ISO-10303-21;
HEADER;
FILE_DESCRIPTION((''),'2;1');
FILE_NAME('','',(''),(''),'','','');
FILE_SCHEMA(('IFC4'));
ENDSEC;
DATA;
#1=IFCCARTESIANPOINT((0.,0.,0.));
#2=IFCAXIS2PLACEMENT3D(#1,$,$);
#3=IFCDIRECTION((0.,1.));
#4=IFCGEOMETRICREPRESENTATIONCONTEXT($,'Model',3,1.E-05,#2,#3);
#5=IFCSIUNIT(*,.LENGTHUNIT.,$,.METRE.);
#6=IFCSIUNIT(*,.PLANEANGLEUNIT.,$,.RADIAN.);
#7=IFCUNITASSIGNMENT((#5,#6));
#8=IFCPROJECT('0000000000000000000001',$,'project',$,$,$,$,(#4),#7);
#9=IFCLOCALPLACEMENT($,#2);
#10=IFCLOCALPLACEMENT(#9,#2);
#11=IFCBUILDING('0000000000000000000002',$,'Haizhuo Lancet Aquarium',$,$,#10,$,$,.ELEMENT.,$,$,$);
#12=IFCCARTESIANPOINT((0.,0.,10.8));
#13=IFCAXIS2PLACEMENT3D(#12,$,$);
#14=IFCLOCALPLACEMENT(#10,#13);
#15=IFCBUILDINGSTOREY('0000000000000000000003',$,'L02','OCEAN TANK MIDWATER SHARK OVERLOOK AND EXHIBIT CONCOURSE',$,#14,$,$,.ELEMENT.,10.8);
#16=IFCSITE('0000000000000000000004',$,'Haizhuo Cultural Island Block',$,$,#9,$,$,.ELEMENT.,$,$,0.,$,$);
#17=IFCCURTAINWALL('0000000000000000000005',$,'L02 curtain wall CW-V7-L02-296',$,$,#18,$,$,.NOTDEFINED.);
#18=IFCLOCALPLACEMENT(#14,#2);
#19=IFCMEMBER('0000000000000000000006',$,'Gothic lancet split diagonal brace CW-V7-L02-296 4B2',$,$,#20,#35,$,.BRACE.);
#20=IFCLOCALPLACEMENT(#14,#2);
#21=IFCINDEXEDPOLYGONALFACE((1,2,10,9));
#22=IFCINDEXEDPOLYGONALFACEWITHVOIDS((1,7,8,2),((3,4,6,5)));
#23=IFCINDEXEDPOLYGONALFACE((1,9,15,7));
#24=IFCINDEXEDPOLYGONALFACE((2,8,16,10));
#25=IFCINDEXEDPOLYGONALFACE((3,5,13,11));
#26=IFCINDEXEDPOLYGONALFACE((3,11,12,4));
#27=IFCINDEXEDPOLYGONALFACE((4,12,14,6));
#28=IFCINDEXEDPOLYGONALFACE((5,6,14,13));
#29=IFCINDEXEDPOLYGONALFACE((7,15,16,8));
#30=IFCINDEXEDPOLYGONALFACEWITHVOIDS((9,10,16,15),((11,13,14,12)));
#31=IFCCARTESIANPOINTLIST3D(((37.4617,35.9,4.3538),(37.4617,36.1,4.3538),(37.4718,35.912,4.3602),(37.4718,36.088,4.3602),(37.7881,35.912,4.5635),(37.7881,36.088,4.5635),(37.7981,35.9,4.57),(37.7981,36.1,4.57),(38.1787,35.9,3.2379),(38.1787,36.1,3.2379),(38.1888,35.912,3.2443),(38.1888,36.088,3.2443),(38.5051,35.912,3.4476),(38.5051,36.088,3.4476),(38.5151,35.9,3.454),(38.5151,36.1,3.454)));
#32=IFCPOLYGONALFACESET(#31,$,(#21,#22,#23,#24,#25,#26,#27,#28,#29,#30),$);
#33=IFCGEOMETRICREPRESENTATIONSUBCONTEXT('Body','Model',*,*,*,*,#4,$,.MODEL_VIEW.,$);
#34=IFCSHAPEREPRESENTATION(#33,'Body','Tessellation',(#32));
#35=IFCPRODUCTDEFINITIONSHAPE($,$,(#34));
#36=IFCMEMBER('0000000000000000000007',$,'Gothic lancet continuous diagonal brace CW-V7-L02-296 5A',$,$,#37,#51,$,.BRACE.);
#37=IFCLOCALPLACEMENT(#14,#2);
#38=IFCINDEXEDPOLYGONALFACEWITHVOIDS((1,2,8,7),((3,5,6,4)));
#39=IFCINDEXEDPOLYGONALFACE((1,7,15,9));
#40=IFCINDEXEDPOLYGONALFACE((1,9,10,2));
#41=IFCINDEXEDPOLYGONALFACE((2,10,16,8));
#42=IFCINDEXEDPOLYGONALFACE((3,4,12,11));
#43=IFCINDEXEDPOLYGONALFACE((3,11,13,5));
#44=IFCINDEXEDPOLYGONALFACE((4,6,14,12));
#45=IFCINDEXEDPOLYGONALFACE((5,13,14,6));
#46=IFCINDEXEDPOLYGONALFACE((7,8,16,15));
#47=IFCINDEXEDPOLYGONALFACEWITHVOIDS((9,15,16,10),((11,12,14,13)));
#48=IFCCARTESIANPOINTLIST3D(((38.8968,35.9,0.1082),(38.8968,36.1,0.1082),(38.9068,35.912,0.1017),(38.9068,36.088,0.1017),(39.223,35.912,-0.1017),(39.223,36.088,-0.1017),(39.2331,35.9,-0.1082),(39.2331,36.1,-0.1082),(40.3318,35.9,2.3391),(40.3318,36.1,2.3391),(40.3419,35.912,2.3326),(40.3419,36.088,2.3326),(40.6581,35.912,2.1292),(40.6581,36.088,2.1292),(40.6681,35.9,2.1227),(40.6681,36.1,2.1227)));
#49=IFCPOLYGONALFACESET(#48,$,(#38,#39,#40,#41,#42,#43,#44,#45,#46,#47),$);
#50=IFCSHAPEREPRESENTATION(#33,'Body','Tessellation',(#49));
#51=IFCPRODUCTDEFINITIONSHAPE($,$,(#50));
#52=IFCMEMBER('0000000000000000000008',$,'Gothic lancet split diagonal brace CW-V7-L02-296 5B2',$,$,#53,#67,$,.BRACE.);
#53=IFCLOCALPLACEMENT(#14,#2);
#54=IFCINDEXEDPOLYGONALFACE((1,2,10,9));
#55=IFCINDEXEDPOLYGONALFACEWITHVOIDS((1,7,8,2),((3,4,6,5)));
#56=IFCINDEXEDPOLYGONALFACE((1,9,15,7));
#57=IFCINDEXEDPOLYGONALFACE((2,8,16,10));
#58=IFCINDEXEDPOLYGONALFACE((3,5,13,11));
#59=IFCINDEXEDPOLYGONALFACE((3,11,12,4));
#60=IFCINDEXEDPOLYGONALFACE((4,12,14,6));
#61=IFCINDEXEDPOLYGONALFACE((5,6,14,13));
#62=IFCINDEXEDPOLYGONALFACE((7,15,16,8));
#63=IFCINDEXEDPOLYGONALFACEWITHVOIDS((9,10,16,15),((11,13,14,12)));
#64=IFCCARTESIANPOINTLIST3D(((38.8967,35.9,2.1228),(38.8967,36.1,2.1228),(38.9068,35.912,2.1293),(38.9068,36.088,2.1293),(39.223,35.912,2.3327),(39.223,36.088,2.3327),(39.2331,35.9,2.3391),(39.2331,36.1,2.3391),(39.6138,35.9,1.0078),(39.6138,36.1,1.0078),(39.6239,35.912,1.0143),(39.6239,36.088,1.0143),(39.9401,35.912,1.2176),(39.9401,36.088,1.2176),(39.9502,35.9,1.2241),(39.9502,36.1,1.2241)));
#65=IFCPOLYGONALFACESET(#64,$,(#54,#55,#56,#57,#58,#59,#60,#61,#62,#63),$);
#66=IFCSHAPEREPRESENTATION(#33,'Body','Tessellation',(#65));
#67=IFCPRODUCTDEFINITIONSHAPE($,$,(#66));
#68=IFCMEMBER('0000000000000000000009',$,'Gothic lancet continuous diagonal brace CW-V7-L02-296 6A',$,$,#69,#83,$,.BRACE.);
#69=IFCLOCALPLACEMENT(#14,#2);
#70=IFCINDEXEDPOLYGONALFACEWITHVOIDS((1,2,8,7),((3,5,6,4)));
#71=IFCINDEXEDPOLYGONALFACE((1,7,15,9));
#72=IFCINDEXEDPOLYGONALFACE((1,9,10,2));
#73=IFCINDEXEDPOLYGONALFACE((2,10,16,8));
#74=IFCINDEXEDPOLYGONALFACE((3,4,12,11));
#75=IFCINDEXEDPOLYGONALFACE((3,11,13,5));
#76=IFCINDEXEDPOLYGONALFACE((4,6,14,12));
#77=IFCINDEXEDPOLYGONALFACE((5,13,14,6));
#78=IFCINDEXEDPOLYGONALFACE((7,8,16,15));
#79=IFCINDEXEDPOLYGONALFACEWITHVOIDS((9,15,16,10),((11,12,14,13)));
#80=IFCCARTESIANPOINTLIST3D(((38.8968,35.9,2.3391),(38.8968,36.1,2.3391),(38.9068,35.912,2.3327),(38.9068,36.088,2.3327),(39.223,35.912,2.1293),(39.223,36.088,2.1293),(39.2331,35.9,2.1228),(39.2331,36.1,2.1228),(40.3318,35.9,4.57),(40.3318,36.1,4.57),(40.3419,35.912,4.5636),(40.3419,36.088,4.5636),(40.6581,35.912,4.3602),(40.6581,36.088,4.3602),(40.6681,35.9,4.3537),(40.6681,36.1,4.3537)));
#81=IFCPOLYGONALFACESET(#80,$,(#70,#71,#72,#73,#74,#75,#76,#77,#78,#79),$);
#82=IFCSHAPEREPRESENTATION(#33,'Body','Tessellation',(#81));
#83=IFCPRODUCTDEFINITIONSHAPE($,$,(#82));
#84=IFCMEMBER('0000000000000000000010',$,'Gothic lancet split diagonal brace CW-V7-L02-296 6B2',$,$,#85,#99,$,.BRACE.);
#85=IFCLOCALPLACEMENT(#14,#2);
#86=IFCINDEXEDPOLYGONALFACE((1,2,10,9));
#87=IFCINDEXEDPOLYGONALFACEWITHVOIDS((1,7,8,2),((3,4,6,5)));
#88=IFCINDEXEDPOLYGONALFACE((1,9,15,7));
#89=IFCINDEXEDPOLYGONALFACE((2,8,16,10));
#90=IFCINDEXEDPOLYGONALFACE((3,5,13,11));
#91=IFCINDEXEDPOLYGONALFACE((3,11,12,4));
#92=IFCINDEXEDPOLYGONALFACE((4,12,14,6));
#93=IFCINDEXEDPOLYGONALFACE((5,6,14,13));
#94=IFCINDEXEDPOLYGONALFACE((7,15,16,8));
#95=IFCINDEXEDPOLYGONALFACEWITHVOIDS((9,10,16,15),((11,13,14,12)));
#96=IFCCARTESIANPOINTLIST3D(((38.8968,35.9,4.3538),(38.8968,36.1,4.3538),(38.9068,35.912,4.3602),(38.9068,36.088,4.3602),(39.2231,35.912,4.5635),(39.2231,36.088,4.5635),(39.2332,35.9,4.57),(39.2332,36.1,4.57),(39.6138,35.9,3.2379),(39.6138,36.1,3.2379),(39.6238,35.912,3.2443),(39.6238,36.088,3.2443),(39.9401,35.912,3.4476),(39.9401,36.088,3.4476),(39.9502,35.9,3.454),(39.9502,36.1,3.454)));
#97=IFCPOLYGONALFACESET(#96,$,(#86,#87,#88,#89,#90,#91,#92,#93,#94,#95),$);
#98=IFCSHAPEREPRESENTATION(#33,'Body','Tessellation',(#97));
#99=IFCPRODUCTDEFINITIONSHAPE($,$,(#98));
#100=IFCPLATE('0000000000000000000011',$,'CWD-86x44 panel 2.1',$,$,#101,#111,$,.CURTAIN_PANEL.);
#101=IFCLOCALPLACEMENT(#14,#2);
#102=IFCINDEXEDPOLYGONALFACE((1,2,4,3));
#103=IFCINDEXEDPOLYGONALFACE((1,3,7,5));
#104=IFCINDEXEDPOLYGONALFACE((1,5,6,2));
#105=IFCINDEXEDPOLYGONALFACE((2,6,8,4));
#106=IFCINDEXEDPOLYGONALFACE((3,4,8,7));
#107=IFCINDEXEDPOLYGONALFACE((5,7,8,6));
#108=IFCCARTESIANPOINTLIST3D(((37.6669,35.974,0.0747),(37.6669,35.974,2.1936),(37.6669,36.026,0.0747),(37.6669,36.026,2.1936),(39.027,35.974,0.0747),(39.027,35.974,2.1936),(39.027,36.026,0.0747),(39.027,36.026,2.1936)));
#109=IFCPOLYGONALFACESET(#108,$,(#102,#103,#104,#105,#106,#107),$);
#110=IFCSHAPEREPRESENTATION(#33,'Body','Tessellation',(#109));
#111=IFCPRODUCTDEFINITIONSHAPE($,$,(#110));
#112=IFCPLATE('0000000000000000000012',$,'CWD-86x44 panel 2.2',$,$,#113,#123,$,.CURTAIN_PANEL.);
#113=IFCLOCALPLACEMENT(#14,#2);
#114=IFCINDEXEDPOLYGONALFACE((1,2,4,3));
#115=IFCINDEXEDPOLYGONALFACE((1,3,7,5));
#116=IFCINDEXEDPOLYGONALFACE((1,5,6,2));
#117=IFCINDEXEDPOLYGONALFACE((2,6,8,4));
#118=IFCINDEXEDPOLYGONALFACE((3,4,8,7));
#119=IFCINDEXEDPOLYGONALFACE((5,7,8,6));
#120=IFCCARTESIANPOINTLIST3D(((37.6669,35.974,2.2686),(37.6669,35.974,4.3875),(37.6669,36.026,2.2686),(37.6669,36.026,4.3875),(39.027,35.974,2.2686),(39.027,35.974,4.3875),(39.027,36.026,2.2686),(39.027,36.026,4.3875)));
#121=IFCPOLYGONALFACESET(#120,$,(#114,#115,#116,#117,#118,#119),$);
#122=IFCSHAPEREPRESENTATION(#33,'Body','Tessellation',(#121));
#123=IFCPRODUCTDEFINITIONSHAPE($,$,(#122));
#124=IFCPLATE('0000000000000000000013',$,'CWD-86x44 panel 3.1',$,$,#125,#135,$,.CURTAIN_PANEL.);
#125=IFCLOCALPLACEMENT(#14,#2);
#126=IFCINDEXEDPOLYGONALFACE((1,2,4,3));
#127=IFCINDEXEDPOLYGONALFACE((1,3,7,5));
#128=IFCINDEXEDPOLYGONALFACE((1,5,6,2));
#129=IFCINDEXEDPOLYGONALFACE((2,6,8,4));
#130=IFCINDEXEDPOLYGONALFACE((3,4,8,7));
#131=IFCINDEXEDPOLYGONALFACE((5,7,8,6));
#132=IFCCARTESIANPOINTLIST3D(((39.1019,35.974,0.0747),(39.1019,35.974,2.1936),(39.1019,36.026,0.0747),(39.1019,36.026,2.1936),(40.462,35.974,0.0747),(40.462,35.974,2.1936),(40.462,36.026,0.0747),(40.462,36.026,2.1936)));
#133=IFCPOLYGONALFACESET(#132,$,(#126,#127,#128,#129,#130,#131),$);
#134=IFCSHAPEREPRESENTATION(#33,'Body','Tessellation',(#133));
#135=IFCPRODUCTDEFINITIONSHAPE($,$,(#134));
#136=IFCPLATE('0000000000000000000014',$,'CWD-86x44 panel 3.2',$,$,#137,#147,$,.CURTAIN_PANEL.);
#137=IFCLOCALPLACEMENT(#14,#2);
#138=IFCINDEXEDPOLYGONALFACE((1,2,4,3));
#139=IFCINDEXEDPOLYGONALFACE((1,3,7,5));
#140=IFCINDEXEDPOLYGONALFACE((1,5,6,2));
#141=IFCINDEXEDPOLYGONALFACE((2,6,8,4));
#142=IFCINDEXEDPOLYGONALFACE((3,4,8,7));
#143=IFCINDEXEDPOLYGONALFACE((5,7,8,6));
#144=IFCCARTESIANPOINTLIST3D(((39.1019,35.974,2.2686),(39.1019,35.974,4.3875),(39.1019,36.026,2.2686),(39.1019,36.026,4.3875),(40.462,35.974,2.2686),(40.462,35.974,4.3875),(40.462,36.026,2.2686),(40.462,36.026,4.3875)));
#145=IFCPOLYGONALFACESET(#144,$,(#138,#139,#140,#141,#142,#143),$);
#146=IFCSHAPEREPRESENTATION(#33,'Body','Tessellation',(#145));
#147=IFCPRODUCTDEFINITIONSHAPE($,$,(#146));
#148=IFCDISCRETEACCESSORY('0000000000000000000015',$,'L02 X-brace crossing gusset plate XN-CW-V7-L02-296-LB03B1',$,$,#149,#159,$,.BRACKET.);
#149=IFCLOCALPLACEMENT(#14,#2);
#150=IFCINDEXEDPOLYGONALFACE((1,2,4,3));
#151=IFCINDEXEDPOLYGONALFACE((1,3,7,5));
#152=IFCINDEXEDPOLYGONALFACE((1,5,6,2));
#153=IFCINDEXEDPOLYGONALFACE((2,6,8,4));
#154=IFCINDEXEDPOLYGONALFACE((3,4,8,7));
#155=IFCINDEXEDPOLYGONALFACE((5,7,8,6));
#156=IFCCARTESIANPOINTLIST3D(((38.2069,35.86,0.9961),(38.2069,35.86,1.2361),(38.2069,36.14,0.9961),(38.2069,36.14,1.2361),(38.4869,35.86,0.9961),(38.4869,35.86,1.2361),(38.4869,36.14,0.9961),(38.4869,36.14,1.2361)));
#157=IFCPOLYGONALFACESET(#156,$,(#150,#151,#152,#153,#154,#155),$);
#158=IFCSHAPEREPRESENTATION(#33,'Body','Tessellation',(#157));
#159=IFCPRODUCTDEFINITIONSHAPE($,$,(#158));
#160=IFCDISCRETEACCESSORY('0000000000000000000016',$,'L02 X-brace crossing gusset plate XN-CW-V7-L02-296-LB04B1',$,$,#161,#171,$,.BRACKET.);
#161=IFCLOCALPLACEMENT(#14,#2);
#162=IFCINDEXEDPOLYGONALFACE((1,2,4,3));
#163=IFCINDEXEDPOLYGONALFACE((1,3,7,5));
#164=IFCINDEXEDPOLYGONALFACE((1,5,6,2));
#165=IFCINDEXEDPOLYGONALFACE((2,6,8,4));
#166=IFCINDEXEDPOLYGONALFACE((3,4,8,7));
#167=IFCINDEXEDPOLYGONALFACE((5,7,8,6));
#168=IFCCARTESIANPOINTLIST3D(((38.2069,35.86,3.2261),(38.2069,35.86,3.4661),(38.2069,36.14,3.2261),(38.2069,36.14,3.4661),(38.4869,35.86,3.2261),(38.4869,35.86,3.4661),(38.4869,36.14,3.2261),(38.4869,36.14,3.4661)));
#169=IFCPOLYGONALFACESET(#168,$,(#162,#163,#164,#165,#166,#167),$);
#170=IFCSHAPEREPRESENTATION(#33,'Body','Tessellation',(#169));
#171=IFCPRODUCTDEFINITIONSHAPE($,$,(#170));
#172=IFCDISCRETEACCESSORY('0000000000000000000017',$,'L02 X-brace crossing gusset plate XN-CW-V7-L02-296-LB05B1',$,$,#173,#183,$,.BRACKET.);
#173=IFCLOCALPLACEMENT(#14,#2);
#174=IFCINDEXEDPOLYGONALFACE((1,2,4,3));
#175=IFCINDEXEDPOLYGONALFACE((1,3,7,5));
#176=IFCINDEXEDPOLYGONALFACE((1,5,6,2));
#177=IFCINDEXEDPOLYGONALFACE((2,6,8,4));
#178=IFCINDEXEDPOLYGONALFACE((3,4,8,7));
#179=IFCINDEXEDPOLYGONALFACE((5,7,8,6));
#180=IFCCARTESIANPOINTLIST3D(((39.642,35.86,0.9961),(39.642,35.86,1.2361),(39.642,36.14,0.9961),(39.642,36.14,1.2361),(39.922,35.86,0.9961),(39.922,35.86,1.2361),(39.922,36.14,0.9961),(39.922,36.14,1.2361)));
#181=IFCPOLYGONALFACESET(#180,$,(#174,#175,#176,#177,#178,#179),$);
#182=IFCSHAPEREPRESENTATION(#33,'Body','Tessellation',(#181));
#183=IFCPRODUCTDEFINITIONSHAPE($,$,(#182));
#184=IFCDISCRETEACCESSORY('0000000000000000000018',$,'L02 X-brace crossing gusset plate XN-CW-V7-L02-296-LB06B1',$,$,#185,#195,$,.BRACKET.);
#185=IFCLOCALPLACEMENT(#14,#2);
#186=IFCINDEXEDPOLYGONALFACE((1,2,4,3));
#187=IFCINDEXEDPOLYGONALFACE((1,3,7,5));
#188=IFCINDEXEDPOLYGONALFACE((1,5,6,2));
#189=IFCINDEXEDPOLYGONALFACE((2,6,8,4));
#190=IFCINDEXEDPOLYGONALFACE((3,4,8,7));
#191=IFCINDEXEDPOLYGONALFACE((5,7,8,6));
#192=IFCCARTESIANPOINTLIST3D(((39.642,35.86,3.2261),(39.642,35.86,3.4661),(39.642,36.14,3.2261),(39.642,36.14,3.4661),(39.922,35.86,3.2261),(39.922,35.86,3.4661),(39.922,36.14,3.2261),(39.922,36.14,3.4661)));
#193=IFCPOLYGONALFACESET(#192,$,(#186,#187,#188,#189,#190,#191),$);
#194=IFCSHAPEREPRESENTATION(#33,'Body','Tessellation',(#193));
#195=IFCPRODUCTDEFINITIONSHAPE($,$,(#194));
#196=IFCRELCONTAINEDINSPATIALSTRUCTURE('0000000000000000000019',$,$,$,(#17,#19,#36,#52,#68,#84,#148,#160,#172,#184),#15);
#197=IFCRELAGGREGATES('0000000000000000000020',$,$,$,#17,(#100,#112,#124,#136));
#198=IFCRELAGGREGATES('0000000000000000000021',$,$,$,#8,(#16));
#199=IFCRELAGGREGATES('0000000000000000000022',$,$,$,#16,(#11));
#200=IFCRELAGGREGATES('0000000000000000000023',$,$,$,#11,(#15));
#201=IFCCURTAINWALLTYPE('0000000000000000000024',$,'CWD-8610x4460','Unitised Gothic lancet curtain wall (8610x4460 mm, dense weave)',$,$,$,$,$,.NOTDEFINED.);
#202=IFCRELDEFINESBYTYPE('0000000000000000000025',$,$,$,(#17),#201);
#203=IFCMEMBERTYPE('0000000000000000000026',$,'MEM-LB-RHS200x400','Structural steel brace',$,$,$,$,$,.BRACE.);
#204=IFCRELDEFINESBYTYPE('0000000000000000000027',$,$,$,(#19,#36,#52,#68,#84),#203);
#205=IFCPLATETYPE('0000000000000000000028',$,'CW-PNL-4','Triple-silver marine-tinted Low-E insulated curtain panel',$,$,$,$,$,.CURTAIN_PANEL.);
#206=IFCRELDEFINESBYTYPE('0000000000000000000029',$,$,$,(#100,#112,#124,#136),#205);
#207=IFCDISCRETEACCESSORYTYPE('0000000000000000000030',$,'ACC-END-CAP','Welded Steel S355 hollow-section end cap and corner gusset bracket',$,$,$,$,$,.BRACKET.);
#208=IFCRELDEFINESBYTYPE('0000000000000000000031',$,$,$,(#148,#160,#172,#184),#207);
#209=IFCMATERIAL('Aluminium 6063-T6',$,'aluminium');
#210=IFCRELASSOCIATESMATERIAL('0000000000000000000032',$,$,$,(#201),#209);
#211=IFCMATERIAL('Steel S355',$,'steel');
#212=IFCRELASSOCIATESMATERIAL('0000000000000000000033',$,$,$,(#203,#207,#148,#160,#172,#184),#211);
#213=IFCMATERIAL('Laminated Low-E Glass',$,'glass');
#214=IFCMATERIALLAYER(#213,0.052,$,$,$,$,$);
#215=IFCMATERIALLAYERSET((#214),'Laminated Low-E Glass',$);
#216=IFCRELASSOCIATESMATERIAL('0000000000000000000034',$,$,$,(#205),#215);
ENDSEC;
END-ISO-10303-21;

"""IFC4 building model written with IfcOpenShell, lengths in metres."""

from ifc_helpers import new_model, si_unit, direction, frame, origin, origin_2d, place, context, subcontext, project, spatial, rectangle, hollow_rectangle, extrude, material, layer, layer_set, material_profile, profile_set, type_object, element, aggregate, save


model = new_model("IFC4")

# Units and contexts
model_context = context("Model", 3, precision=1e-05, world=origin(), true_north=direction((0.0, 1.0)))
body_context = subcontext(model_context, "Body", "Model", "MODEL_VIEW")
ifc_project = project(units=[si_unit("LENGTHUNIT", "METRE"), si_unit("PLANEANGLEUNIT", "RADIAN")], contexts=[model_context])

# Site, building, storey
site_placement = place(None, origin())
site = spatial("IfcSite", under=ifc_project, at=site_placement, Name="Haizhuo Cultural Island Block", CompositionType="ELEMENT", RefElevation=0.0)
building_placement = place(site_placement, origin())
building = spatial("IfcBuilding", under=site, at=building_placement, Name="Haizhuo Lancet Aquarium", CompositionType="ELEMENT")
storey_placement = place(building_placement, frame((0.0, 0.0, 10.8)))
storey = spatial("IfcBuildingStorey", under=building, at=storey_placement, Name="L02", Description="OCEAN TANK MIDWATER SHARK OVERLOOK AND EXHIBIT CONCOURSE", CompositionType="ELEMENT", Elevation=10.8)

# Curtain wall
ifc_material_1 = material(Name="Aluminium 6063-T6", Category="aluminium")
curtain_wall_type = type_object("IfcCurtainWallType", Name="CWD-8610x4460", Description="Unitised Gothic lancet curtain wall (8610x4460 mm, dense weave)", PredefinedType="NOTDEFINED", material=ifc_material_1)
curtain_wall_placement = place(storey_placement, origin())
curtain_wall = element("IfcCurtainWall", 1, at=curtain_wall_placement, inside=storey, type_object=curtain_wall_type, Name="L02 curtain wall CW-V7-L02-296", PredefinedType="NOTDEFINED")

# Members
ifc_material_2 = material(Name="Steel S355", Category="steel")
ifc_material_profile_1 = material_profile(ifc_material_2, hollow_rectangle(XDim=0.2, YDim=0.3999, WallThickness=0.012, at=origin_2d()), Name="RHS 200x400x12")
ifc_profile_set_1 = profile_set([ifc_material_profile_1], Name="Steel S355")
member_type_1 = type_object("IfcMemberType", Name="MEM-LB-RHS200x400", Description="Structural steel brace", PredefinedType="BRACE", material=ifc_profile_set_1)
member_1_placement = place(storey_placement, frame((38.3469, 36.0, 3.3459), z_axis=(-0.540562, 0.0, 0.841304), x_axis=(0.0, -1.0, 0.0)))
element("IfcMember", 2, at=member_1_placement, inside=storey, type_object=member_type_1, Name="Gothic lancet split diagonal brace CW-V7-L02-296 4B2", PredefinedType="BRACE", context=body_context, shape_type="SweptSolid", body=[
    extrude(hollow_rectangle(XDim=0.2, YDim=0.3999, WallThickness=0.012, at=origin_2d()), origin(), (0.0, 0.0, 1.0), 1.3264),
])
member_2_placement = place(storey_placement, frame((39.0649, 36.0, 0.0), z_axis=(0.54099, 0.0, 0.841029), x_axis=(0.0, 1.0, 0.0)))
element("IfcMember", 3, at=member_2_placement, inside=storey, type_object=member_type_1, Name="Gothic lancet continuous diagonal brace CW-V7-L02-296 5A", PredefinedType="BRACE", context=body_context, shape_type="SweptSolid", body=[
    extrude(hollow_rectangle(XDim=0.2, YDim=0.3999, WallThickness=0.012, at=origin_2d()), origin(), (0.0, 0.0, 1.0), 2.6526),
])
member_3_placement = place(storey_placement, frame((39.782, 36.0, 1.116), z_axis=(-0.540897, 0.0, 0.841089), x_axis=(0.0, -1.0, 0.0)))
element("IfcMember", 4, at=member_3_placement, inside=storey, type_object=member_type_1, Name="Gothic lancet split diagonal brace CW-V7-L02-296 5B2", PredefinedType="BRACE", context=body_context, shape_type="SweptSolid", body=[
    extrude(hollow_rectangle(XDim=0.2, YDim=0.3999, WallThickness=0.012, at=origin_2d()), origin(), (0.0, 0.0, 1.0), 1.3257),
])
member_4_placement = place(storey_placement, frame((39.0649, 36.0, 2.231), z_axis=(0.54099, 0.0, 0.841029), x_axis=(0.0, 1.0, 0.0)))
element("IfcMember", 5, at=member_4_placement, inside=storey, type_object=member_type_1, Name="Gothic lancet continuous diagonal brace CW-V7-L02-296 6A", PredefinedType="BRACE", context=body_context, shape_type="SweptSolid", body=[
    extrude(hollow_rectangle(XDim=0.2, YDim=0.3999, WallThickness=0.012, at=origin_2d()), origin(), (0.0, 0.0, 1.0), 2.6526),
])
member_5_placement = place(storey_placement, frame((39.782, 36.0, 3.3459), z_axis=(-0.540562, 0.0, 0.841304), x_axis=(0.0, -1.0, 0.0)))
element("IfcMember", 6, at=member_5_placement, inside=storey, type_object=member_type_1, Name="Gothic lancet split diagonal brace CW-V7-L02-296 6B2", PredefinedType="BRACE", context=body_context, shape_type="SweptSolid", body=[
    extrude(hollow_rectangle(XDim=0.2, YDim=0.3999, WallThickness=0.012, at=origin_2d()), origin(), (0.0, 0.0, 1.0), 1.3264),
])

# Plates
ifc_material_3 = material(Name="Laminated Low-E Glass", Category="glass")
ifc_layer = layer(ifc_material_3, 0.052)
ifc_layer_set = layer_set([ifc_layer], Name="Laminated Low-E Glass")
plate_type = type_object("IfcPlateType", Name="CW-PNL-4", Description="Triple-silver marine-tinted Low-E insulated curtain panel", PredefinedType="CURTAIN_PANEL", material=ifc_layer_set)
plate_1_placement = place(storey_placement, frame((38.3469, 36.0, 0.0747), z_axis=(0.0, 0.0, 1.0), x_axis=(1.0, 0.0, 0.0)))
plate_1 = element("IfcPlate", 7, at=plate_1_placement, type_object=plate_type, Name="CWD-86x44 panel 2.1", PredefinedType="CURTAIN_PANEL", context=body_context, shape_type="SweptSolid", body=[
    extrude(rectangle(XDim=1.3601, YDim=0.052, at=origin_2d()), origin(), (0.0, 0.0, 1.0), 2.1189),
])
plate_2_placement = place(storey_placement, frame((38.3469, 36.0, 2.2686), z_axis=(0.0, 0.0, 1.0), x_axis=(1.0, 0.0, 0.0)))
plate_2 = element("IfcPlate", 8, at=plate_2_placement, type_object=plate_type, Name="CWD-86x44 panel 2.2", PredefinedType="CURTAIN_PANEL", context=body_context, shape_type="SweptSolid", body=[
    extrude(rectangle(XDim=1.3601, YDim=0.052, at=origin_2d()), origin(), (0.0, 0.0, 1.0), 2.1189),
])
plate_3_placement = place(storey_placement, frame((39.782, 36.0, 0.0747), z_axis=(0.0, 0.0, 1.0), x_axis=(1.0, 0.0, 0.0)))
plate_3 = element("IfcPlate", 9, at=plate_3_placement, type_object=plate_type, Name="CWD-86x44 panel 3.1", PredefinedType="CURTAIN_PANEL", context=body_context, shape_type="SweptSolid", body=[
    extrude(rectangle(XDim=1.3601, YDim=0.052, at=origin_2d()), origin(), (0.0, 0.0, 1.0), 2.1189),
])
plate_4_placement = place(storey_placement, frame((39.782, 36.0, 2.2686), z_axis=(0.0, 0.0, 1.0), x_axis=(1.0, 0.0, 0.0)))
plate_4 = element("IfcPlate", 10, at=plate_4_placement, type_object=plate_type, Name="CWD-86x44 panel 3.2", PredefinedType="CURTAIN_PANEL", context=body_context, shape_type="SweptSolid", body=[
    extrude(rectangle(XDim=1.3601, YDim=0.052, at=origin_2d()), origin(), (0.0, 0.0, 1.0), 2.1189),
])
aggregate(curtain_wall, [plate_1, plate_2, plate_3, plate_4])

# Discrete accessories
discrete_accessory_type = type_object("IfcDiscreteAccessoryType", Name="ACC-END-CAP", Description="Welded Steel S355 hollow-section end cap and corner gusset bracket", PredefinedType="BRACKET", material=ifc_material_2)
for number, where, z_axis, x_axis, name in (
    (11, (38.3469, 36.0, 0.9961), (0.0, 0.0, 1.0), (1.0, 0.0, 0.0), "L02 X-brace crossing gusset plate XN-CW-V7-L02-296-LB03B1"),
    (12, (38.3469, 36.0, 3.2261), (0.0, 0.0, 1.0), (1.0, 0.0, 0.0), "L02 X-brace crossing gusset plate XN-CW-V7-L02-296-LB04B1"),
    (13, (39.782, 36.0, 0.9961), (0.0, 0.0, 1.0), (1.0, 0.0, 0.0), "L02 X-brace crossing gusset plate XN-CW-V7-L02-296-LB05B1"),
    (14, (39.782, 36.0, 3.2261), (0.0, 0.0, 1.0), (1.0, 0.0, 0.0), "L02 X-brace crossing gusset plate XN-CW-V7-L02-296-LB06B1"),
):
    element("IfcDiscreteAccessory", number, at=place(storey_placement, frame(where, z_axis=z_axis, x_axis=x_axis)), inside=storey, type_object=discrete_accessory_type, material=ifc_material_2, Name=name, PredefinedType="BRACKET", context=body_context, shape_type="SweptSolid", body=[
        extrude(rectangle(XDim=0.28, YDim=0.28, at=origin_2d()), origin(), (0.0, 0.0, 1.0), 0.24),
    ])

save(model, "model.ifc")
